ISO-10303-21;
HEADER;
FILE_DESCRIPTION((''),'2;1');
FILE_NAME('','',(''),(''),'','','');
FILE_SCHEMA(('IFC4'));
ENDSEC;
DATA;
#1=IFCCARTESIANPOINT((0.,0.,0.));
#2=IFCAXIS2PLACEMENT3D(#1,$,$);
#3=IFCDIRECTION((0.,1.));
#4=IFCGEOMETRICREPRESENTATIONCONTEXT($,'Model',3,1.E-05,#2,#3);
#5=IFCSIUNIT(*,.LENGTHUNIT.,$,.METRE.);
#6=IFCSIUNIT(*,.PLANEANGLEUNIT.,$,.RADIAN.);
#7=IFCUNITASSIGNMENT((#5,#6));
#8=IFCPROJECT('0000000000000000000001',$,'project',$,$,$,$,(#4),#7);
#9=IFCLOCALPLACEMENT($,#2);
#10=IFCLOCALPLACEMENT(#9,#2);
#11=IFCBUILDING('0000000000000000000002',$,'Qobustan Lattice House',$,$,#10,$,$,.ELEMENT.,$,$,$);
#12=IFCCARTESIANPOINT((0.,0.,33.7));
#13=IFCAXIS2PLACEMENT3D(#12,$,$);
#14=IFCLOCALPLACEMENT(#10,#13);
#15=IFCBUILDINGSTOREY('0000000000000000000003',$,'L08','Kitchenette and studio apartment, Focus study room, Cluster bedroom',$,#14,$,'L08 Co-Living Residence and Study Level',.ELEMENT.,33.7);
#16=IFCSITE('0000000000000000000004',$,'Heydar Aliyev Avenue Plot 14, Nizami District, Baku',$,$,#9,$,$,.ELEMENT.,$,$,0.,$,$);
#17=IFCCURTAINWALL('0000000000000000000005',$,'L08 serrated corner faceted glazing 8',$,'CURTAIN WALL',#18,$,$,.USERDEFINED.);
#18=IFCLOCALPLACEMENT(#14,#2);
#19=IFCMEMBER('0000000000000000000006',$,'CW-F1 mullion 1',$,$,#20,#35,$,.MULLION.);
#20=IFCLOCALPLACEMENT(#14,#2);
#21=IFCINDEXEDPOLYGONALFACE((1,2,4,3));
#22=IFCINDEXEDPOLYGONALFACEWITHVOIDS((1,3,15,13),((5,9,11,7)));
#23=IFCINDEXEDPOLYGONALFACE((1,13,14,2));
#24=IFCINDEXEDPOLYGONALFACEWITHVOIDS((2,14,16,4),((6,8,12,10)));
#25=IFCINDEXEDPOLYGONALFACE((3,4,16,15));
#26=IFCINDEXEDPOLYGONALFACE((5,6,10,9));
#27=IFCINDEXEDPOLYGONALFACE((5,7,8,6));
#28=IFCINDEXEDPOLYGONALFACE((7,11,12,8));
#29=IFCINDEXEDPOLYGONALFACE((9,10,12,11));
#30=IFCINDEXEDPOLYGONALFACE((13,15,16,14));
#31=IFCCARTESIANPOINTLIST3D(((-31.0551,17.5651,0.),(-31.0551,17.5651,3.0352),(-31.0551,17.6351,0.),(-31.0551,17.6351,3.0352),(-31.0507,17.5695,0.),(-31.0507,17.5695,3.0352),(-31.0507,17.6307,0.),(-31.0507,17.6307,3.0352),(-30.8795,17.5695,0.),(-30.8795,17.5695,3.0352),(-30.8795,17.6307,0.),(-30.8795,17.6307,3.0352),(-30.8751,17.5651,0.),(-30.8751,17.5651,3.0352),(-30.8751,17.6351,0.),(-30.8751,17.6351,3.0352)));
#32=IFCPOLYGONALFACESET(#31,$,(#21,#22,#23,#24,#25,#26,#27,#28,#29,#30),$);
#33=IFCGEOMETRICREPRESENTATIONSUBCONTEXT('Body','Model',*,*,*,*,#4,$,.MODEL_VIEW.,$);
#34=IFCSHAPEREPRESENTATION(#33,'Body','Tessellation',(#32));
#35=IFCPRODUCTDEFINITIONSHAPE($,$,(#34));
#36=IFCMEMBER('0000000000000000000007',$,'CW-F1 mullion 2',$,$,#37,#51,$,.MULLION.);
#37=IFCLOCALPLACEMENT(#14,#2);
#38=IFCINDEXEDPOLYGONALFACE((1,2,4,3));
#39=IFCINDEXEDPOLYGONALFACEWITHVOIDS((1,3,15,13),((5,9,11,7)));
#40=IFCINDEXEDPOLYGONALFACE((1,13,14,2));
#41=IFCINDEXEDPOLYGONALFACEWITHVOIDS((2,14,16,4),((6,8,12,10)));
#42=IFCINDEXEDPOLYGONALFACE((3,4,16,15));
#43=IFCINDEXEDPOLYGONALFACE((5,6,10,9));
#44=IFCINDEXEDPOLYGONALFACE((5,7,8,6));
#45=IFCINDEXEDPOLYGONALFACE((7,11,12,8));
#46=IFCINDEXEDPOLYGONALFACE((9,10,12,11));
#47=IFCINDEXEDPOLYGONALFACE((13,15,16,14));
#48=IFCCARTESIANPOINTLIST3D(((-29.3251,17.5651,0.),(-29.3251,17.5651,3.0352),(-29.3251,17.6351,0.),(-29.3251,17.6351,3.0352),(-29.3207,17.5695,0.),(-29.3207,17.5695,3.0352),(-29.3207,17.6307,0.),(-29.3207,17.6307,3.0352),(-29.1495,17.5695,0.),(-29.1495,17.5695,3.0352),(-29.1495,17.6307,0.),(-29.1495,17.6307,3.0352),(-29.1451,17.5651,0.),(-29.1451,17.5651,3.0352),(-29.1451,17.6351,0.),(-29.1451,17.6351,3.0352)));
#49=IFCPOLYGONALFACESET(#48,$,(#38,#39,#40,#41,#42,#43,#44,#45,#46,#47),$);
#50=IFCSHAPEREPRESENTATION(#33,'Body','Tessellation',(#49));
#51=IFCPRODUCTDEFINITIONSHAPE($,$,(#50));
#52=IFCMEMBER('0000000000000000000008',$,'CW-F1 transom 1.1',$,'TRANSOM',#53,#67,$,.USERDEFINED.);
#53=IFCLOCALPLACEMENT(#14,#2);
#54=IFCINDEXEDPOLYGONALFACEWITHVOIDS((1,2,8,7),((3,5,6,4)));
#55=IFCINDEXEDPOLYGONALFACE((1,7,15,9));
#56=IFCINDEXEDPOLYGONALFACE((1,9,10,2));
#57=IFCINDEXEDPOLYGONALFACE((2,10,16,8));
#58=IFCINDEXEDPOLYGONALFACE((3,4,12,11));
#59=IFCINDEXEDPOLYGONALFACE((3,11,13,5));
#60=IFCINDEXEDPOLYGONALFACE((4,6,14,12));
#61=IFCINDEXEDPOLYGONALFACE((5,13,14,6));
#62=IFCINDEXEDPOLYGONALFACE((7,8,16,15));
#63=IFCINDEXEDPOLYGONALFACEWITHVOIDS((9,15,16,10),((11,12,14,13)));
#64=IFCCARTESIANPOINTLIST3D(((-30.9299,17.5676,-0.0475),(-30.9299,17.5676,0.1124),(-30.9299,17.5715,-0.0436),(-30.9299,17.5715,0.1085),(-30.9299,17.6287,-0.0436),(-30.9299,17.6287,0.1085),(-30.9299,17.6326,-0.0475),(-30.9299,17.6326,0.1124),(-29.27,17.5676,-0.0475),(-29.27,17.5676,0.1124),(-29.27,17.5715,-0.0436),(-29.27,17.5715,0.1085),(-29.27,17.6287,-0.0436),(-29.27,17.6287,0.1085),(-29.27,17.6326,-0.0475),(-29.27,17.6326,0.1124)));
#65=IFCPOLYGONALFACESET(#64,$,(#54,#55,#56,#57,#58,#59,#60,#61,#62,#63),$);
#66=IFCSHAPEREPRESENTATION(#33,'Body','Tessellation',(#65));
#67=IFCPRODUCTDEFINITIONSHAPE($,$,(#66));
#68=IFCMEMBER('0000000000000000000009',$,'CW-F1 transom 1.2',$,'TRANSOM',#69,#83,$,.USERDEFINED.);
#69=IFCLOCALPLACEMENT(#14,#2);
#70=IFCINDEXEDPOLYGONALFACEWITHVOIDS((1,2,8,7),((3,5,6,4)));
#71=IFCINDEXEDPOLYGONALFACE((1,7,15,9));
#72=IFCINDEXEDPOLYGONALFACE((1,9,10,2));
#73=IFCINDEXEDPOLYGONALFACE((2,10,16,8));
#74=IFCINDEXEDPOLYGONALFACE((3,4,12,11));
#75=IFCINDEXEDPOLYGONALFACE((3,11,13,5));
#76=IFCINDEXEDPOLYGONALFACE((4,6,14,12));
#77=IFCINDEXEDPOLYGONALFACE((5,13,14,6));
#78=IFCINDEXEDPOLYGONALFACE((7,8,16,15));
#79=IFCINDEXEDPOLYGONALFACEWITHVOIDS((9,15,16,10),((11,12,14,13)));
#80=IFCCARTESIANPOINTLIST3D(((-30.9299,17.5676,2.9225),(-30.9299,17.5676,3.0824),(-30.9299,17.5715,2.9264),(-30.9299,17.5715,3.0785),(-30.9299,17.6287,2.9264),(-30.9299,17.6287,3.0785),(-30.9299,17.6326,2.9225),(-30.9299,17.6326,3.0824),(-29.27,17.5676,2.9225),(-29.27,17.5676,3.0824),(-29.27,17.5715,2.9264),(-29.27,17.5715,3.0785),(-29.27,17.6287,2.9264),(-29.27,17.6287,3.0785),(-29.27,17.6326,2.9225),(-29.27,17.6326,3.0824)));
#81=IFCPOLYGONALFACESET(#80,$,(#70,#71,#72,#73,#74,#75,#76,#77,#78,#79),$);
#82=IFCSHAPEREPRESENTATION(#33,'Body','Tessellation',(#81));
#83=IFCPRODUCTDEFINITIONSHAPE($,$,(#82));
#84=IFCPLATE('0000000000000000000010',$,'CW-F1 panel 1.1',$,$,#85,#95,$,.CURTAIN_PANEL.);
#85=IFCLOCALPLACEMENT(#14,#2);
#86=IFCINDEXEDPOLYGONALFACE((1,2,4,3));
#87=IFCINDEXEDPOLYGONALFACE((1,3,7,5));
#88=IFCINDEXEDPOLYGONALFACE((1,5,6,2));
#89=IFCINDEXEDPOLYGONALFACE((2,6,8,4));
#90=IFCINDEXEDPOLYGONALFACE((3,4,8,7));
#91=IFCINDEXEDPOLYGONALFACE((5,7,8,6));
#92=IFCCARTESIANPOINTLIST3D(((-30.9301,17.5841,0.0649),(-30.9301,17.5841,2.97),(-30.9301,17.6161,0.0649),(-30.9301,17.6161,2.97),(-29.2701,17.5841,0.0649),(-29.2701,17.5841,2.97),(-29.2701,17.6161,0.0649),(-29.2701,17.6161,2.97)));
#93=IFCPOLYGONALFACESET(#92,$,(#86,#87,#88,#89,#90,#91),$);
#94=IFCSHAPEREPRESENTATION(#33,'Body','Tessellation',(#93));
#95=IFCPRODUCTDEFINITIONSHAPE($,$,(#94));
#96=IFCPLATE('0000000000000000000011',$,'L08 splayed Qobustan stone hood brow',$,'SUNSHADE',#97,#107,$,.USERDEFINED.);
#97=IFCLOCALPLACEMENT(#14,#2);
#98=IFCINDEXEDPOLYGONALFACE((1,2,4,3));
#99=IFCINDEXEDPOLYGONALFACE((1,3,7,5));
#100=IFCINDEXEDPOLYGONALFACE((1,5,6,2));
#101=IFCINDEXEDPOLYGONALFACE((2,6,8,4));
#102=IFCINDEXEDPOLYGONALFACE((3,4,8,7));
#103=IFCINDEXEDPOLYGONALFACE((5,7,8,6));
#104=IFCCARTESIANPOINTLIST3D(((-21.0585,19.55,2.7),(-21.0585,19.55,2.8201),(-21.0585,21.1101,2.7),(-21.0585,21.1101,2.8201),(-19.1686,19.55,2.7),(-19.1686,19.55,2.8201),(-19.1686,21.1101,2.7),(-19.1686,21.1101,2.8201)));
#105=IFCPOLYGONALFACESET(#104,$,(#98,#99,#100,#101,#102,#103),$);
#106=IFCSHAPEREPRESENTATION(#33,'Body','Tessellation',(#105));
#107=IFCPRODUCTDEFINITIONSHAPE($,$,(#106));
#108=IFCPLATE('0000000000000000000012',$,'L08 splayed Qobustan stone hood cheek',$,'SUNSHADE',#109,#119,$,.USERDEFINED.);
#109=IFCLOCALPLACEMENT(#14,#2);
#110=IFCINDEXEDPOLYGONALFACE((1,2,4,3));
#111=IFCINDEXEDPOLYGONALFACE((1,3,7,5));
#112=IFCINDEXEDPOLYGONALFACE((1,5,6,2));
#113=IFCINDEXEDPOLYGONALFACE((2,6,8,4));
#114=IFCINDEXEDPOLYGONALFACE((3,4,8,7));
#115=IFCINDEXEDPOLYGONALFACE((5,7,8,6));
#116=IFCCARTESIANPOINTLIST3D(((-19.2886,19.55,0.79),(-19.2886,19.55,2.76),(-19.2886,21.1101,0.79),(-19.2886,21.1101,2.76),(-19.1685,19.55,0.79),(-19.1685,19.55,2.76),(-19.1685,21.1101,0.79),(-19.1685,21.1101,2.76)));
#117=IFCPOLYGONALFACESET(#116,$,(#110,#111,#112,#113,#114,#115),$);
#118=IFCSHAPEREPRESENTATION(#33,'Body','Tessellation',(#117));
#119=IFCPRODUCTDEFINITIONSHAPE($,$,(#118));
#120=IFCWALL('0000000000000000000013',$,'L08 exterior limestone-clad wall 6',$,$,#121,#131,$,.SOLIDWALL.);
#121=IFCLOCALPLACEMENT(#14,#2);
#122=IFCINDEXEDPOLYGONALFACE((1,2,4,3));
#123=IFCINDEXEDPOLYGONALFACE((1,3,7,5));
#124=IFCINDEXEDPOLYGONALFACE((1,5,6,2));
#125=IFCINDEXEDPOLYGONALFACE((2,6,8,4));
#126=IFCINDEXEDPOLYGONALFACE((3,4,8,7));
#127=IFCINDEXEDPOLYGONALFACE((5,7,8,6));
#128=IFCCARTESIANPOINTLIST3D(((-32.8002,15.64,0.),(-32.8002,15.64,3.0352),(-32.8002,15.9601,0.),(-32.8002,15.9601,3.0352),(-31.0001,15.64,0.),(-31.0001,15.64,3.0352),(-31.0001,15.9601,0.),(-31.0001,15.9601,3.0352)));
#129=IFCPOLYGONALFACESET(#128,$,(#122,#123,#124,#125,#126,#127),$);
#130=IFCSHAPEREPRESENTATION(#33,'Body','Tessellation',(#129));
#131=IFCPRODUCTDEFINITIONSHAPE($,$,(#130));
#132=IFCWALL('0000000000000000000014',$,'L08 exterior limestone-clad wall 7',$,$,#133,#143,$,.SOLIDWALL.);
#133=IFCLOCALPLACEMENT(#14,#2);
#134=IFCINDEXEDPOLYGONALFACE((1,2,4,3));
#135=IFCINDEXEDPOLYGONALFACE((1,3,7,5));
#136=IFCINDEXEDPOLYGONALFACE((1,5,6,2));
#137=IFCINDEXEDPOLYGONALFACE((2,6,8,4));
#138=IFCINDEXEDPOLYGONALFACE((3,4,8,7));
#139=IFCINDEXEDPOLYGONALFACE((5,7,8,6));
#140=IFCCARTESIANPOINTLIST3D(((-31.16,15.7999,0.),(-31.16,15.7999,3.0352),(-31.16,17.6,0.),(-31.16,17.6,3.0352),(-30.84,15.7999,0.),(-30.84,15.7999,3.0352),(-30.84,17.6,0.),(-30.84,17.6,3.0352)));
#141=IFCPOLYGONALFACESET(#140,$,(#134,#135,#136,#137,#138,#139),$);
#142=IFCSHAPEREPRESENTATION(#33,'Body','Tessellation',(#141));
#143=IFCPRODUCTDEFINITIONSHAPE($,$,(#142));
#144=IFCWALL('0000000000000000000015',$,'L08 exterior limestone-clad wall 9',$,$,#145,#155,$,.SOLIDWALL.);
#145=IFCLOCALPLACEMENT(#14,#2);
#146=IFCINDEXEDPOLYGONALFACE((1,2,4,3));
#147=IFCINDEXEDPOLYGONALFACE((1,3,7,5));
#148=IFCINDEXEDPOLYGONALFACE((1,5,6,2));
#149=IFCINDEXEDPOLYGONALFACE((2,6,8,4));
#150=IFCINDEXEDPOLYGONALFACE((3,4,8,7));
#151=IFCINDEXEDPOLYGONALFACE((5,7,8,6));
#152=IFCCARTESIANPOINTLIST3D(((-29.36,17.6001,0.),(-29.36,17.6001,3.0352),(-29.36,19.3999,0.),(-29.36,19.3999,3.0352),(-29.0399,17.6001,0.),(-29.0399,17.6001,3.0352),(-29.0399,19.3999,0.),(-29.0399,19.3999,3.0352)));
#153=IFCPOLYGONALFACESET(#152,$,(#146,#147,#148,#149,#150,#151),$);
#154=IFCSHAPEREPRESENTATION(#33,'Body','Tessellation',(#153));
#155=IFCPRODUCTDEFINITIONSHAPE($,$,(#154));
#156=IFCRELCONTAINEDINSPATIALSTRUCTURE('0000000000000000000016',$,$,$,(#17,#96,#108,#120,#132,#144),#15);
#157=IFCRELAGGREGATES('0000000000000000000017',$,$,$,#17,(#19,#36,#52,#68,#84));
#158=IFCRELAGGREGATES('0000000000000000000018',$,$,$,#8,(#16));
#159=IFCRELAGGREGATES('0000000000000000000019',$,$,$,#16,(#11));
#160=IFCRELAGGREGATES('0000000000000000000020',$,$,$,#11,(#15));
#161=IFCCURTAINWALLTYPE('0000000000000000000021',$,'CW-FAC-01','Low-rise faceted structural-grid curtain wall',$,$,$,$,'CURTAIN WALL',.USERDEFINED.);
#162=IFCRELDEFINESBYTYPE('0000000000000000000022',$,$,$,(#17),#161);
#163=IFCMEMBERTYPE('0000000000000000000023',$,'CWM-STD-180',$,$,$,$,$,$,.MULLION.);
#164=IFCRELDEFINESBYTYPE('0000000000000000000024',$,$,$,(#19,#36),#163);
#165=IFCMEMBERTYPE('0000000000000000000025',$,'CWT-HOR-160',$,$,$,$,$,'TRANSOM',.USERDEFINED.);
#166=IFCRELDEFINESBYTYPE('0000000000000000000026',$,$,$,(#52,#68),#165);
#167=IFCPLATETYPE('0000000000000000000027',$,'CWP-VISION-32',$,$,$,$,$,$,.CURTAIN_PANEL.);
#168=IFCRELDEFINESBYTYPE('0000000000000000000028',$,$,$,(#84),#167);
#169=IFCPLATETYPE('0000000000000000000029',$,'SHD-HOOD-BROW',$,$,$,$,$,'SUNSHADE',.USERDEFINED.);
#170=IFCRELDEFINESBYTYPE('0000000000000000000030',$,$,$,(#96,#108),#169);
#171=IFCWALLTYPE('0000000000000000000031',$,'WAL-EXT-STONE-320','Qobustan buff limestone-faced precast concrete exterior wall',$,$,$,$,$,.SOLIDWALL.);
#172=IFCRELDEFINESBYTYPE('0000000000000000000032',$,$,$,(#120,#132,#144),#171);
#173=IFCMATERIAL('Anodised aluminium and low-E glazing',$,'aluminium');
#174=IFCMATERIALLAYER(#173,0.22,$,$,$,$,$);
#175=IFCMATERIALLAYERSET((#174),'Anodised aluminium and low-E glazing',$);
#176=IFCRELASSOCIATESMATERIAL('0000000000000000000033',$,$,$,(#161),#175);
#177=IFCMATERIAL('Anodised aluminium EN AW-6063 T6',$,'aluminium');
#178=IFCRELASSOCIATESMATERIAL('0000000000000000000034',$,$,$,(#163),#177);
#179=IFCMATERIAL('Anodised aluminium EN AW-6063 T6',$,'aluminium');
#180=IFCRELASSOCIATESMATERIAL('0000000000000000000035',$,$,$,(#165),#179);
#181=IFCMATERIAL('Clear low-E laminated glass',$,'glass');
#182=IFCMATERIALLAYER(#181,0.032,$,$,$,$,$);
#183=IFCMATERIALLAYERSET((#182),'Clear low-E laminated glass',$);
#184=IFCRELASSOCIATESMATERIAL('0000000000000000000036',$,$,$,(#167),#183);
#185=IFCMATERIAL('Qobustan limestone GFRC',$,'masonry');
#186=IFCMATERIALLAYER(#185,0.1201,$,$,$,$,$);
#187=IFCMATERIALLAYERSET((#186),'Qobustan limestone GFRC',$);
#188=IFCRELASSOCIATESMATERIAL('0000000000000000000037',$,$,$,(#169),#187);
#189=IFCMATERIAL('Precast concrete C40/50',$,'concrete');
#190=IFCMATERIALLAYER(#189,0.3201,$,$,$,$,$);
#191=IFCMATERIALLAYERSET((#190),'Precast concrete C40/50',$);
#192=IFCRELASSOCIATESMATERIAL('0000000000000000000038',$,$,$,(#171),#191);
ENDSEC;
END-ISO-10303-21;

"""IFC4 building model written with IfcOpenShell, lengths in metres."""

from ifc_helpers import new_model, si_unit, direction, frame, frame_2d, origin, origin_2d, place, context, subcontext, project, spatial, rectangle, hollow_rectangle, extrude, material, layer, layer_set, material_profile, profile_set, type_object, element, aggregate, save


model = new_model("IFC4")

# Units and contexts
model_context = context("Model", 3, precision=1e-05, world=origin(), true_north=direction((0.0, 1.0)))
body_context = subcontext(model_context, "Body", "Model", "MODEL_VIEW")
ifc_project = project(units=[si_unit("LENGTHUNIT", "METRE"), si_unit("PLANEANGLEUNIT", "RADIAN")], contexts=[model_context])

# Site, building, storey
site_placement = place(None, origin())
site = spatial("IfcSite", under=ifc_project, at=site_placement, Name="Heydar Aliyev Avenue Plot 14, Nizami District, Baku", CompositionType="ELEMENT", RefElevation=0.0)
building_placement = place(site_placement, origin())
building = spatial("IfcBuilding", under=site, at=building_placement, Name="Qobustan Lattice House", CompositionType="ELEMENT")
storey_placement = place(building_placement, frame((0.0, 0.0, 33.7)))
storey = spatial("IfcBuildingStorey", under=building, at=storey_placement, Name="L08", Description="Kitchenette and studio apartment, Focus study room, Cluster bedroom", LongName="L08 Co-Living Residence and Study Level", CompositionType="ELEMENT", Elevation=33.7)

# Curtain wall, members, plate
ifc_material_1 = material(Name="Anodised aluminium and low-E glazing", Category="aluminium")
ifc_layer_1 = layer(ifc_material_1, 0.22)
ifc_layer_set_1 = layer_set([ifc_layer_1], Name="Anodised aluminium and low-E glazing")
curtain_wall_type = type_object("IfcCurtainWallType", Name="CW-FAC-01", Description="Low-rise faceted structural-grid curtain wall", ElementType="CURTAIN WALL", PredefinedType="USERDEFINED", material=ifc_layer_set_1)
curtain_wall_placement = place(storey_placement, origin())
curtain_wall = element("IfcCurtainWall", 1, at=curtain_wall_placement, inside=storey, type_object=curtain_wall_type, Name="L08 serrated corner faceted glazing 8", ObjectType="CURTAIN WALL", PredefinedType="USERDEFINED")
ifc_material_2 = material(Name="Anodised aluminium EN AW-6063 T6", Category="aluminium")
ifc_material_profile_1 = material_profile(ifc_material_2, hollow_rectangle(XDim=0.0701, YDim=0.1799, WallThickness=0.0044, at=origin_2d()), Name="CWM-180x70")
ifc_profile_set_1 = profile_set([ifc_material_profile_1], Name="Anodised aluminium EN AW-6063 T6")
member_type_1 = type_object("IfcMemberType", Name="CWM-STD-180", PredefinedType="MULLION", material=ifc_profile_set_1)
member_1_placement = place(storey_placement, frame((-30.9651, 17.6001, 0.0), z_axis=(0.0, 0.0, 1.0), x_axis=(0.0, 1.0, 0.0)))
member_1 = element("IfcMember", 2, at=member_1_placement, type_object=member_type_1, Name="CW-F1 mullion 1", PredefinedType="MULLION", context=body_context, shape_type="SweptSolid", body=[
    extrude(hollow_rectangle(XDim=0.0701, YDim=0.1799, WallThickness=0.0044, at=origin_2d()), origin(), (0.0, 0.0, 1.0), 3.0352),
])
member_2_placement = place(storey_placement, frame((-29.2351, 17.6001, 0.0), z_axis=(0.0, 0.0, 1.0), x_axis=(0.0, 1.0, 0.0)))
member_2 = element("IfcMember", 3, at=member_2_placement, type_object=member_type_1, Name="CW-F1 mullion 2", PredefinedType="MULLION", context=body_context, shape_type="SweptSolid", body=[
    extrude(hollow_rectangle(XDim=0.0701, YDim=0.1799, WallThickness=0.0044, at=origin_2d()), origin(), (0.0, 0.0, 1.0), 3.0352),
])
ifc_material_3 = material(Name="Anodised aluminium EN AW-6063 T6", Category="aluminium")
ifc_material_profile_2 = material_profile(ifc_material_3, hollow_rectangle(XDim=0.0649, YDim=0.1599, WallThickness=0.0039, at=origin_2d()), Name="CWT-160x65")
ifc_profile_set_2 = profile_set([ifc_material_profile_2], Name="Anodised aluminium EN AW-6063 T6")
member_type_2 = type_object("IfcMemberType", Name="CWT-HOR-160", ElementType="TRANSOM", PredefinedType="USERDEFINED", material=ifc_profile_set_2)
member_3_placement = place(storey_placement, frame((-30.9299, 17.6001, 0.0325), z_axis=(1.0, 0.0, 0.0), x_axis=(0.0, 1.0, 0.0)))
member_3 = element("IfcMember", 4, at=member_3_placement, type_object=member_type_2, Name="CW-F1 transom 1.1", ObjectType="TRANSOM", PredefinedType="USERDEFINED", context=body_context, shape_type="SweptSolid", body=[
    extrude(hollow_rectangle(XDim=0.0649, YDim=0.1599, WallThickness=0.0039, at=origin_2d()), origin(), (0.0, 0.0, 1.0), 1.6599),
])
member_4_placement = place(storey_placement, frame((-30.9299, 17.6001, 3.0024), z_axis=(1.0, 0.0, 0.0), x_axis=(0.0, 1.0, 0.0)))
member_4 = element("IfcMember", 5, at=member_4_placement, type_object=member_type_2, Name="CW-F1 transom 1.2", ObjectType="TRANSOM", PredefinedType="USERDEFINED", context=body_context, shape_type="SweptSolid", body=[
    extrude(hollow_rectangle(XDim=0.0649, YDim=0.1599, WallThickness=0.0039, at=origin_2d()), origin(), (0.0, 0.0, 1.0), 1.6599),
])
ifc_material_4 = material(Name="Clear low-E laminated glass", Category="glass")
ifc_layer_2 = layer(ifc_material_4, 0.032)
ifc_layer_set_2 = layer_set([ifc_layer_2], Name="Clear low-E laminated glass")
plate_type_1 = type_object("IfcPlateType", Name="CWP-VISION-32", PredefinedType="CURTAIN_PANEL", material=ifc_layer_set_2)
plate_1_placement = place(storey_placement, frame((-30.1001, 17.6001, 0.0649), z_axis=(0.0, 0.0, 1.0), x_axis=(1.0, 0.0, 0.0)))
plate_1 = element("IfcPlate", 6, at=plate_1_placement, type_object=plate_type_1, Name="CW-F1 panel 1.1", PredefinedType="CURTAIN_PANEL", context=body_context, shape_type="SweptSolid", body=[
    extrude(rectangle(XDim=1.6599, YDim=0.032, at=origin_2d()), origin(), (0.0, 0.0, 1.0), 2.905),
])
aggregate(curtain_wall, [member_1, member_2, member_3, member_4, plate_1])

# Plates
ifc_material_5 = material(Name="Qobustan limestone GFRC", Category="masonry")
ifc_layer_3 = layer(ifc_material_5, 0.1201)
ifc_layer_set_3 = layer_set([ifc_layer_3], Name="Qobustan limestone GFRC")
plate_type_2 = type_object("IfcPlateType", Name="SHD-HOOD-BROW", ElementType="SUNSHADE", PredefinedType="USERDEFINED", material=ifc_layer_set_3)
plate_2_placement = place(storey_placement, frame((-20.1135, 20.3301, 2.7), z_axis=(0.0, 0.0, 1.0), x_axis=(1.0, 0.0, 0.0)))
element("IfcPlate", 7, at=plate_2_placement, inside=storey, type_object=plate_type_2, Name="L08 splayed Qobustan stone hood brow", ObjectType="SUNSHADE", PredefinedType="USERDEFINED", context=body_context, shape_type="SweptSolid", body=[
    extrude(rectangle(XDim=1.8899, YDim=1.5601, at=origin_2d()), origin(), (0.0, 0.0, 1.0), 0.1201),
])
plate_3_placement = place(storey_placement, frame((-19.2285, 20.3301, 0.79), z_axis=(0.0, 0.0, 1.0), x_axis=(1.0, 0.0, 0.0)))
element("IfcPlate", 8, at=plate_3_placement, inside=storey, type_object=plate_type_2, Name="L08 splayed Qobustan stone hood cheek", ObjectType="SUNSHADE", PredefinedType="USERDEFINED", context=body_context, shape_type="SweptSolid", body=[
    extrude(rectangle(XDim=0.1201, YDim=1.5601, at=origin_2d()), origin(), (0.0, 0.0, 1.0), 1.97),
])

# Walls
ifc_material_6 = material(Name="Precast concrete C40/50", Category="concrete")
ifc_layer_4 = layer(ifc_material_6, 0.3201)
ifc_layer_set_4 = layer_set([ifc_layer_4], Name="Precast concrete C40/50")
wall_type = type_object("IfcWallType", Name="WAL-EXT-STONE-320", Description="Qobustan buff limestone-faced precast concrete exterior wall", PredefinedType="SOLIDWALL", material=ifc_layer_set_4)
for number, where, z_axis, x_axis, name in (
    (9, (-32.8, 15.8, 0.0), (0.0, 0.0, 1.0), (1.0, 0.0, 0.0), "L08 exterior limestone-clad wall 6"),
    (10, (-31.0, 15.8, 0.0), (0.0, 0.0, 1.0), (0.0, 1.0, 0.0), "L08 exterior limestone-clad wall 7"),
):
    element("IfcWall", number, at=place(storey_placement, frame(where, z_axis=z_axis, x_axis=x_axis)), inside=storey, type_object=wall_type, Name=name, PredefinedType="SOLIDWALL", context=body_context, shape_type="SweptSolid", body=[
        extrude(rectangle(XDim=1.8, YDim=0.3201, at=frame_2d((0.8999, 0.0))), origin(), (0.0, 0.0, 1.0), 3.0352),
    ])
wall_1_placement = place(storey_placement, frame((-29.2, 17.6001, 0.0), z_axis=(0.0, 0.0, 1.0), x_axis=(0.0, 1.0, 0.0)))
element("IfcWall", 11, at=wall_1_placement, inside=storey, type_object=wall_type, Name="L08 exterior limestone-clad wall 9", PredefinedType="SOLIDWALL", context=body_context, shape_type="SweptSolid", body=[
    extrude(rectangle(XDim=1.7998, YDim=0.3201, at=frame_2d((0.8999, 0.0))), origin(), (0.0, 0.0, 1.0), 3.0352),
])

save(model, "model.ifc")
